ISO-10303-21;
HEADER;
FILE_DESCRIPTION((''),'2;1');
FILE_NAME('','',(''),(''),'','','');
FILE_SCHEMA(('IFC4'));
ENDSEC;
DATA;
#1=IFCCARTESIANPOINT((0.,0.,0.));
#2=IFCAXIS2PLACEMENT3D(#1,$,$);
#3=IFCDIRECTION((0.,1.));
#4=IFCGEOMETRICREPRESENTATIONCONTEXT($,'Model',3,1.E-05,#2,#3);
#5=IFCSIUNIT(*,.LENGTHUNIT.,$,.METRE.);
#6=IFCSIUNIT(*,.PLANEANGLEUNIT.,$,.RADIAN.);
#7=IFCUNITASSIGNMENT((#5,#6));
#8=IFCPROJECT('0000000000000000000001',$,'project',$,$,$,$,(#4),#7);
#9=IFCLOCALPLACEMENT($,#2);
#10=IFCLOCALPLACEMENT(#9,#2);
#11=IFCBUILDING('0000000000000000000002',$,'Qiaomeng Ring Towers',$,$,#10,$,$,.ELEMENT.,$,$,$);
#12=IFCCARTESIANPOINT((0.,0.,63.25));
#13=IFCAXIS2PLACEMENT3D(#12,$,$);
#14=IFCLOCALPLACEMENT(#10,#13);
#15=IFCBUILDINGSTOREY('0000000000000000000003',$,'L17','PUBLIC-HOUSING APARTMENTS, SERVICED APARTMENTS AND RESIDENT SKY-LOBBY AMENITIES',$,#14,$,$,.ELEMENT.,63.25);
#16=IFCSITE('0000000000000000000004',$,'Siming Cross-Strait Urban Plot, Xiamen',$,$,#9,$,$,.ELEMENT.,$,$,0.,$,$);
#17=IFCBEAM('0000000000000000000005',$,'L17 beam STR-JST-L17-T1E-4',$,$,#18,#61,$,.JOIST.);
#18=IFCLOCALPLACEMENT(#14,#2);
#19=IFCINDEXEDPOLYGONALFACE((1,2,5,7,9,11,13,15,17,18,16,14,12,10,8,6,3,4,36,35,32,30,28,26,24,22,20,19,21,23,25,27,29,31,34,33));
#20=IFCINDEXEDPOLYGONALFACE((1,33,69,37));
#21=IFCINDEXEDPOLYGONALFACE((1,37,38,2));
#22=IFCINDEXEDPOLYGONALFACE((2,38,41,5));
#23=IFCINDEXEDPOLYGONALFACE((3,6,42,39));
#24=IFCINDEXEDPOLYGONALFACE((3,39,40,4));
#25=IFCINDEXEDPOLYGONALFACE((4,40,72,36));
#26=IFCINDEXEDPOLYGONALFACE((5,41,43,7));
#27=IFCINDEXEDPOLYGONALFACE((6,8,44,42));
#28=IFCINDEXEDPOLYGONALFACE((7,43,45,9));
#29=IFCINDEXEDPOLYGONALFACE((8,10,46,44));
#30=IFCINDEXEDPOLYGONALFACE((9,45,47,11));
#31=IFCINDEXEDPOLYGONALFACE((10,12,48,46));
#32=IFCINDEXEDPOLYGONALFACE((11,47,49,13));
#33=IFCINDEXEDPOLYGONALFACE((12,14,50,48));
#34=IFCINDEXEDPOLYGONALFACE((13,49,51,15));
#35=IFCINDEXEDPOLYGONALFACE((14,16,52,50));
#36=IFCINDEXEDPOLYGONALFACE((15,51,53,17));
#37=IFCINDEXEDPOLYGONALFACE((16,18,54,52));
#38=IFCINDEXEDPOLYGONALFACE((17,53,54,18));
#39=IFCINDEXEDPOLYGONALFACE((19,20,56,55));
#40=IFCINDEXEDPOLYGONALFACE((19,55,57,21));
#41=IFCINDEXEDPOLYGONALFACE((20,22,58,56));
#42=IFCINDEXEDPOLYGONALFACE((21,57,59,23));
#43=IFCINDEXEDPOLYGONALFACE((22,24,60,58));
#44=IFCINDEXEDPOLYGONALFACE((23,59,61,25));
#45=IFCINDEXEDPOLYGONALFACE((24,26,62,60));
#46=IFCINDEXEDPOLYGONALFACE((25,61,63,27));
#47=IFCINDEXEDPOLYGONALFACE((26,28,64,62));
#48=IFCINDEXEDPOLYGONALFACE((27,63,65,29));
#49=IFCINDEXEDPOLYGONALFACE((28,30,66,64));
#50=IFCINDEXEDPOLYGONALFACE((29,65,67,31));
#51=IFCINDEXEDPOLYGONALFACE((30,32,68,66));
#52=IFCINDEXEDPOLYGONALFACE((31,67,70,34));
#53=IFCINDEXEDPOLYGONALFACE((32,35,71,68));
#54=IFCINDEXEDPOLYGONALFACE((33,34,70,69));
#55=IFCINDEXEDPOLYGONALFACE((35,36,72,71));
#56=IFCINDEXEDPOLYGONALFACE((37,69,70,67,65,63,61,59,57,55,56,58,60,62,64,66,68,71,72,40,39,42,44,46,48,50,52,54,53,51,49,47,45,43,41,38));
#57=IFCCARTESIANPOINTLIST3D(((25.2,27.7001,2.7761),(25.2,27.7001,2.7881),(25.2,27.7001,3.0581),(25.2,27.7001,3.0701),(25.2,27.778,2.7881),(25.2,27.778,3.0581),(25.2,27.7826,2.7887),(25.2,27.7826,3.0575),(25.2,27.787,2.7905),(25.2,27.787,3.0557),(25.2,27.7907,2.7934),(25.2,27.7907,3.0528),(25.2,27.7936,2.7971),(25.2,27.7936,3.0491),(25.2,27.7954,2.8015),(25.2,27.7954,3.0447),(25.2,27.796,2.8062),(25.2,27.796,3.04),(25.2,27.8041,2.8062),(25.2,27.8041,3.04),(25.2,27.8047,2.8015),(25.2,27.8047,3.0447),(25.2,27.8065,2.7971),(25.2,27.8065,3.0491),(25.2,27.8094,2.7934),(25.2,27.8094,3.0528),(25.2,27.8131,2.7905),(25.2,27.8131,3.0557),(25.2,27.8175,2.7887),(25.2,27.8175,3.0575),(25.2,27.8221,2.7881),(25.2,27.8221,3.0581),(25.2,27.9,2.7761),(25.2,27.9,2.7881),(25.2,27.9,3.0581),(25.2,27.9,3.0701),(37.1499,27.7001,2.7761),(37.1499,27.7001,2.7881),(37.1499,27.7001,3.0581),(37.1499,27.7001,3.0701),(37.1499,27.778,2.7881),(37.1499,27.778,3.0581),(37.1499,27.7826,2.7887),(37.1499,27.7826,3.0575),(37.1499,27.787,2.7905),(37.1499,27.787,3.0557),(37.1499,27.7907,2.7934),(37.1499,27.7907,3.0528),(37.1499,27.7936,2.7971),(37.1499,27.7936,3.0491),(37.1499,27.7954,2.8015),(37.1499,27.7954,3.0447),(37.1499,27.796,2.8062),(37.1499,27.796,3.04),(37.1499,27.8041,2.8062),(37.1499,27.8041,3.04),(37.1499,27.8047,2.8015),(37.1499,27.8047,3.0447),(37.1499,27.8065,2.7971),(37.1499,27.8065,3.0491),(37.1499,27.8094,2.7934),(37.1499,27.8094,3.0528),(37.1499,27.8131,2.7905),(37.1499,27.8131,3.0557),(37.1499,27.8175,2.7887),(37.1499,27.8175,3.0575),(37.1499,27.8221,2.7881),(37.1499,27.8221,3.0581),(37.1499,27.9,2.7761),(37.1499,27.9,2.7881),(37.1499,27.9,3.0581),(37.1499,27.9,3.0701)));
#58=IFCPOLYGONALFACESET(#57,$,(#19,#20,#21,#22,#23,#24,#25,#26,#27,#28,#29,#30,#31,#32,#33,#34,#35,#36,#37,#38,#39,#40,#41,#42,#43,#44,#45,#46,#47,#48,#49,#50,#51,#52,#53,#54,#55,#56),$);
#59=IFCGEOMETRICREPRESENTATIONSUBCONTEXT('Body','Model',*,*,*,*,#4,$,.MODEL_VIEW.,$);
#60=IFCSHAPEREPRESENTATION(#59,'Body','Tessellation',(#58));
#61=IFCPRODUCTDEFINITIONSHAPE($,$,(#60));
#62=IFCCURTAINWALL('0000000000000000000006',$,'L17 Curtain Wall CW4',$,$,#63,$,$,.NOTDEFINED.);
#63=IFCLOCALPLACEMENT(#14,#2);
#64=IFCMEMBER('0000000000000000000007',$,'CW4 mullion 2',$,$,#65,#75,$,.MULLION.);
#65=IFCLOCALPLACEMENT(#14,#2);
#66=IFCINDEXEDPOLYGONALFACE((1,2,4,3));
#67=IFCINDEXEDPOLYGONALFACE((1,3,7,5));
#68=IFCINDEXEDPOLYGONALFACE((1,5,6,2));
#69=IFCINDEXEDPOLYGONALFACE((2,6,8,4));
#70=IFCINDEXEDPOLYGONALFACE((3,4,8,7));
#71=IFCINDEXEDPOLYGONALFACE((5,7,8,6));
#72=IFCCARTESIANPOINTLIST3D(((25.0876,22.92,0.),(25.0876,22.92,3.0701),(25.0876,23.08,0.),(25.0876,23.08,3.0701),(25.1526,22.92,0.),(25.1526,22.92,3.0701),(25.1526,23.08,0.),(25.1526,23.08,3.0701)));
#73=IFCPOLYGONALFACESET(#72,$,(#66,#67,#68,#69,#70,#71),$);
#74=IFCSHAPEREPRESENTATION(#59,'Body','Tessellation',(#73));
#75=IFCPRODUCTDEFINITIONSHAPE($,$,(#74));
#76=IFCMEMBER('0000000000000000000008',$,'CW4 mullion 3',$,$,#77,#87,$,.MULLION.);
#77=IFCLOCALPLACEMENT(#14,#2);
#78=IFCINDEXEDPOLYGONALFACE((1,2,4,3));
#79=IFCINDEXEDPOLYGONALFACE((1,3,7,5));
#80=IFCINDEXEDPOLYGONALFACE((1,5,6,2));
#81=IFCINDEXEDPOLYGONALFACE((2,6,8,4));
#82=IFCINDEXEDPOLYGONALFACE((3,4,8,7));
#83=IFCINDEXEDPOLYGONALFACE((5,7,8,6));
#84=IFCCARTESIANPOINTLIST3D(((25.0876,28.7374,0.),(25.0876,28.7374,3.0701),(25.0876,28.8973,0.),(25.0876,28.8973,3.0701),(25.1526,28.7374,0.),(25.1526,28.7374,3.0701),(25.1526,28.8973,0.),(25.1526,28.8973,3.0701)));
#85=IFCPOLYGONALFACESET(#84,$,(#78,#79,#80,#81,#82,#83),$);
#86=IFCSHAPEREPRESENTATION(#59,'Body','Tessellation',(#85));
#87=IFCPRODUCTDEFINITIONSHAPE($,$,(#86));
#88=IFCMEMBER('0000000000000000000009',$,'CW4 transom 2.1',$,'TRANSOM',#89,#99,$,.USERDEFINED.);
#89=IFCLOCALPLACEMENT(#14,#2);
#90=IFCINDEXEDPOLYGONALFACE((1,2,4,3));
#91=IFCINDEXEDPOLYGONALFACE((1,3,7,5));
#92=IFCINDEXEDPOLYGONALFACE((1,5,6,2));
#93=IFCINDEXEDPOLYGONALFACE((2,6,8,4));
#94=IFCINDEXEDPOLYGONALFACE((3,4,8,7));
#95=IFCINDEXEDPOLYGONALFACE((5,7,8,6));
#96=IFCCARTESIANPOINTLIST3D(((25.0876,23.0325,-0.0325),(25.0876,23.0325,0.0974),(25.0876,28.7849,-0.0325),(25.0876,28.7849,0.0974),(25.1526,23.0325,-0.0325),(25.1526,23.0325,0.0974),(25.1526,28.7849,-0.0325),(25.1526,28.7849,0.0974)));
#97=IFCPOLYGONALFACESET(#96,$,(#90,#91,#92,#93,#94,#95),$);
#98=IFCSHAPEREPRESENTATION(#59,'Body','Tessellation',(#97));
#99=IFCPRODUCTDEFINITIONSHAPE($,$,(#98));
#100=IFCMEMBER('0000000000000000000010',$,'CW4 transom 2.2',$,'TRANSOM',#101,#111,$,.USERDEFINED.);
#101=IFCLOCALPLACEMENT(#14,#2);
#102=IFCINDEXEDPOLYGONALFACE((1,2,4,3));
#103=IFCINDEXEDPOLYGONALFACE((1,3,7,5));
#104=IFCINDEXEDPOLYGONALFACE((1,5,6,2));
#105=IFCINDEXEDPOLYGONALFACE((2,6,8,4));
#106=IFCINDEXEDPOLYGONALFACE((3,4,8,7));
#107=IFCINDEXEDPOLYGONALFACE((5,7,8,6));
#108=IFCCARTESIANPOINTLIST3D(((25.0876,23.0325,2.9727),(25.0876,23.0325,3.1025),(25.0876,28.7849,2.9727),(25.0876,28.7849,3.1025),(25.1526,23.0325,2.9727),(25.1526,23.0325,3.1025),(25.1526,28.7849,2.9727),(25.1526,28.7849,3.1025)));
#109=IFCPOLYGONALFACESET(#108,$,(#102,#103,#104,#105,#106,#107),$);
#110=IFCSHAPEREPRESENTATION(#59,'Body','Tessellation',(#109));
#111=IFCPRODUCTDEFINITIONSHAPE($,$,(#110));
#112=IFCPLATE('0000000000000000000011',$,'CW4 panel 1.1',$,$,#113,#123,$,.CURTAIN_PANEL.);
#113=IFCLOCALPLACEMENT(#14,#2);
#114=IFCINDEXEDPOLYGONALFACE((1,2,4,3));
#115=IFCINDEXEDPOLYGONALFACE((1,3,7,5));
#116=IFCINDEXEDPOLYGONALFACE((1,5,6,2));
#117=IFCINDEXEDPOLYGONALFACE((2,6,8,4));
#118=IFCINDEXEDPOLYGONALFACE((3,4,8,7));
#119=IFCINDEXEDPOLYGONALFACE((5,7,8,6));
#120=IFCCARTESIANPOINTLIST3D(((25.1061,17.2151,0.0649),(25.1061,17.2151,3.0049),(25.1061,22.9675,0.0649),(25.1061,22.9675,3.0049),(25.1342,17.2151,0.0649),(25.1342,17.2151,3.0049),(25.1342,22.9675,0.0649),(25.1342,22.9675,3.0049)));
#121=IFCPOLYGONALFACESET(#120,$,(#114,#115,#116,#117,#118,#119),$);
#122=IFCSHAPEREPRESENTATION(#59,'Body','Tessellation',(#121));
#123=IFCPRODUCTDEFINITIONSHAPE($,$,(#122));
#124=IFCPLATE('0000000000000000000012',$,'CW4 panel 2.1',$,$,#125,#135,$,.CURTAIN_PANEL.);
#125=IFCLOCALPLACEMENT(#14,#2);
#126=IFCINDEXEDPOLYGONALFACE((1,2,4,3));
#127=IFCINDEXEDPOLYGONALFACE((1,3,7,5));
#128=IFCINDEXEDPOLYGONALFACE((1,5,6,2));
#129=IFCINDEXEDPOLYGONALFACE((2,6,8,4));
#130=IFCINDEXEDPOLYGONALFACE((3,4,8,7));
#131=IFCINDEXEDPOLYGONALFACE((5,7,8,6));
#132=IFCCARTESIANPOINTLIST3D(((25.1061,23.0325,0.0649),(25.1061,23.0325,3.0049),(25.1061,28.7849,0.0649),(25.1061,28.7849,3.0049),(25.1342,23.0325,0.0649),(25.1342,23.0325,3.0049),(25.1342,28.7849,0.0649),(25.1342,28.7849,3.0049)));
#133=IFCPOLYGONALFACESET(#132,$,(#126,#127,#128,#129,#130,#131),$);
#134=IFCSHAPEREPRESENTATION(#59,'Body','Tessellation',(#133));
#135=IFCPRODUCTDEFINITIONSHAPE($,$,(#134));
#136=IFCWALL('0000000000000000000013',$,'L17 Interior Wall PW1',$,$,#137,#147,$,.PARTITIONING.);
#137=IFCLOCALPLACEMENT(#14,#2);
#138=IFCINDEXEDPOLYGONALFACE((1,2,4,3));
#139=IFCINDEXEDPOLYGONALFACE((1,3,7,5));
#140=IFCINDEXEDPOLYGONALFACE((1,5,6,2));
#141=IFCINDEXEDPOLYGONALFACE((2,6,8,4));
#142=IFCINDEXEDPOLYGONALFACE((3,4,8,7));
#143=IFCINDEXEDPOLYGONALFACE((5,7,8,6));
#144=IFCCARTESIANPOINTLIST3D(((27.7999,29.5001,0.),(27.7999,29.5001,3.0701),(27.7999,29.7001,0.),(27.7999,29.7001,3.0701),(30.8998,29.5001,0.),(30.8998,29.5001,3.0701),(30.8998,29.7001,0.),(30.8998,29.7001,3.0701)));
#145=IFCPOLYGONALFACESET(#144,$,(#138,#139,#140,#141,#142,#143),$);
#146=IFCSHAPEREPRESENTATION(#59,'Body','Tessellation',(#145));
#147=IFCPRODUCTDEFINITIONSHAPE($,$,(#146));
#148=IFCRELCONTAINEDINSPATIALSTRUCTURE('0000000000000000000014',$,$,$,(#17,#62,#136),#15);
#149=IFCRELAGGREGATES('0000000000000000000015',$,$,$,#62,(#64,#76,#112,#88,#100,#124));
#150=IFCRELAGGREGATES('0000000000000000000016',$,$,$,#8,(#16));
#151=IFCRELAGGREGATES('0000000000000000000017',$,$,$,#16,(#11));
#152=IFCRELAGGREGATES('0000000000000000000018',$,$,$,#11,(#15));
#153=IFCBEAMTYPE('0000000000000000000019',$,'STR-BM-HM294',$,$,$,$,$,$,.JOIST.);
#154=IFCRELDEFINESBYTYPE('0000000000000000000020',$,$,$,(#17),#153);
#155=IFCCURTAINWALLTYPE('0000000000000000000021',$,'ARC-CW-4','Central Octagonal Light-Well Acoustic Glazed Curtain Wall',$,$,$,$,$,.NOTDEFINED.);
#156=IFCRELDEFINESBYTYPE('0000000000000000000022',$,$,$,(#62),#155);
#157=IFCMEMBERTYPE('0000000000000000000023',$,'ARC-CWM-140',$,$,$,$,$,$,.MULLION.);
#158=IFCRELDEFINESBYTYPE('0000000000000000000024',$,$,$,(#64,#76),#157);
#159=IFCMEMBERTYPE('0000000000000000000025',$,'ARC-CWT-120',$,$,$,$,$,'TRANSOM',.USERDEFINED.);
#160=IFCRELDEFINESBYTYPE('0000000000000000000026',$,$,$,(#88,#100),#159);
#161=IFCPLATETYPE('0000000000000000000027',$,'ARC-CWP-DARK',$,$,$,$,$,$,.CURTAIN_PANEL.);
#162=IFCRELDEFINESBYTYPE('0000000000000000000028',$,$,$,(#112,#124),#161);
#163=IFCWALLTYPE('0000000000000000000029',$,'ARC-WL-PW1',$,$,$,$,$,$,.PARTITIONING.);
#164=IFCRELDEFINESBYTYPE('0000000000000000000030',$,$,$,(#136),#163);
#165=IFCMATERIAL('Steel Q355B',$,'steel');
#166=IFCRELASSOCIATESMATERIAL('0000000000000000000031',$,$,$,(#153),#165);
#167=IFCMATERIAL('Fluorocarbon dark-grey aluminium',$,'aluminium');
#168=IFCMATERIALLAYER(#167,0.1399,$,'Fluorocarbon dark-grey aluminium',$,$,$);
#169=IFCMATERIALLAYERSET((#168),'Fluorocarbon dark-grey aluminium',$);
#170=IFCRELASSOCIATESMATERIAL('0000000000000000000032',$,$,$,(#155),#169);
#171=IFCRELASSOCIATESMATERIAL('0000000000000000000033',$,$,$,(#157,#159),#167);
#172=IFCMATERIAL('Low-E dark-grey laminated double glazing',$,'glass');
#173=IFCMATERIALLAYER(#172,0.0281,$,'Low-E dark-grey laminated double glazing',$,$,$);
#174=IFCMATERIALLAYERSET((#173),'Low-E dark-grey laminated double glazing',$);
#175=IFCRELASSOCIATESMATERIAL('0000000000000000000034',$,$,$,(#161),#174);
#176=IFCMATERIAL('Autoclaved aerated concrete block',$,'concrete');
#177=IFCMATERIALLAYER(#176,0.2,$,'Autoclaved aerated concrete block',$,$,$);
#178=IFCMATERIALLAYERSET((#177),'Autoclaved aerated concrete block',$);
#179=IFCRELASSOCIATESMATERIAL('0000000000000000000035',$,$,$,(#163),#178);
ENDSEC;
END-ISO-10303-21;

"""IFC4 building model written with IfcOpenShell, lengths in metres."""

from ifc_helpers import new_model, si_unit, direction, frame, frame_2d, origin, origin_2d, place, context, subcontext, project, spatial, rectangle, i_section, extrude, source, transform, mapped, material, layer, layer_set, material_profile, profile_set, type_object, element, aggregate, save


model = new_model("IFC4")

# Units and contexts
model_context = context("Model", 3, precision=1e-05, world=origin(), true_north=direction((0.0, 1.0)))
body_context = subcontext(model_context, "Body", "Model", "MODEL_VIEW")
ifc_project = project(units=[si_unit("LENGTHUNIT", "METRE"), si_unit("PLANEANGLEUNIT", "RADIAN")], contexts=[model_context])

# Site, building, storey
site_placement = place(None, origin())
site = spatial("IfcSite", under=ifc_project, at=site_placement, Name="Siming Cross-Strait Urban Plot, Xiamen", CompositionType="ELEMENT", RefElevation=0.0)
building_placement = place(site_placement, origin())
building = spatial("IfcBuilding", under=site, at=building_placement, Name="Qiaomeng Ring Towers", CompositionType="ELEMENT")
storey_placement = place(building_placement, frame((0.0, 0.0, 63.25)))
storey = spatial("IfcBuildingStorey", under=building, at=storey_placement, Name="L17", Description="PUBLIC-HOUSING APARTMENTS, SERVICED APARTMENTS AND RESIDENT SKY-LOBBY AMENITIES", CompositionType="ELEMENT", Elevation=63.25)

# Beam
ifc_material_1 = material(Name="Steel Q355B", Category="steel")
ifc_material_profile_1 = material_profile(ifc_material_1, i_section(OverallWidth=0.2, OverallDepth=0.2939, WebThickness=0.0081, FlangeThickness=0.012, FilletRadius=0.0181, at=origin_2d()), Name="HM 294x200x8x12")
ifc_profile_set_1 = profile_set([ifc_material_profile_1], Name="Steel Q355B")
beam_type_1 = type_object("IfcBeamType", Name="STR-BM-HM294", PredefinedType="JOIST", material=ifc_profile_set_1)
shared_shape_1 = source(origin(), body_context, "Body", "SweptSolid", [
    extrude(i_section(OverallWidth=0.2, OverallDepth=0.2939, WebThickness=0.0081, FlangeThickness=0.012, FilletRadius=0.0181, at=origin_2d()), origin(), (0.0, 0.0, 1.0), 11.95),
])
for number, where, z_axis, x_axis, name in (
    (1, (25.2, 27.8, 2.9231), (1.0, 0.0, 0.0), (0.0, 1.0, 0.0), "L17 beam STR-JST-L17-T1E-4"),
):
    element("IfcBeam", number, at=place(storey_placement, frame(where, z_axis=z_axis, x_axis=x_axis)), inside=storey, type_object=beam_type_1, Name=name, PredefinedType="JOIST", context=body_context, shape_type="MappedRepresentation", body=[
        mapped(shared_shape_1, transform((0.0, 0.0, 0.0), x_axis=(1.0, 0.0, 0.0), y_axis=(0.0, 1.0, 0.0), z_axis=(0.0, 0.0, 1.0), scale=1.0)),
    ])

# Curtain wall, members, plates
ifc_material_2 = material(Name="Fluorocarbon dark-grey aluminium", Category="aluminium")
ifc_layer_1 = layer(ifc_material_2, 0.1399, Name="Fluorocarbon dark-grey aluminium")
ifc_layer_set_1 = layer_set([ifc_layer_1], Name="Fluorocarbon dark-grey aluminium")
curtain_wall_type = type_object("IfcCurtainWallType", Name="ARC-CW-4", Description="Central Octagonal Light-Well Acoustic Glazed Curtain Wall", PredefinedType="NOTDEFINED", material=ifc_layer_set_1)
curtain_wall_placement = place(storey_placement, origin())
curtain_wall = element("IfcCurtainWall", 2, at=curtain_wall_placement, inside=storey, type_object=curtain_wall_type, Name="L17 Curtain Wall CW4", PredefinedType="NOTDEFINED")
ifc_material_profile_2 = material_profile(ifc_material_2, rectangle(XDim=0.0649, YDim=0.1599, at=origin_2d()), Name="ALU MULL 65x160")
ifc_profile_set_2 = profile_set([ifc_material_profile_2], Name="Fluorocarbon dark-grey aluminium")
member_type_1 = type_object("IfcMemberType", Name="ARC-CWM-140", PredefinedType="MULLION", material=ifc_profile_set_2)
shared_shape_2 = source(origin(), body_context, "Body", "SweptSolid", [
    extrude(rectangle(XDim=0.0649, YDim=0.1599, at=origin_2d()), origin(), (0.0, 0.0, 1.0), 3.0701),
])
member_1_placement = place(storey_placement, frame((25.1201, 23.0, 0.0), z_axis=(0.0, 0.0, 1.0), x_axis=(-1.0, 0.0, 0.0)))
member_1 = element("IfcMember", 3, at=member_1_placement, type_object=member_type_1, Name="CW4 mullion 2", PredefinedType="MULLION", context=body_context, shape_type="MappedRepresentation", body=[
    mapped(shared_shape_2, transform((0.0, 0.0, 0.0), x_axis=(1.0, 0.0, 0.0), y_axis=(0.0, 1.0, 0.0), z_axis=(0.0, 0.0, 1.0), scale=1.0)),
])
member_2_placement = place(storey_placement, frame((25.1201, 28.8174, 0.0), z_axis=(0.0, 0.0, 1.0), x_axis=(-1.0, 0.0, 0.0)))
member_2 = element("IfcMember", 4, at=member_2_placement, type_object=member_type_1, Name="CW4 mullion 3", PredefinedType="MULLION", context=body_context, shape_type="MappedRepresentation", body=[
    mapped(shared_shape_2, transform((0.0, 0.0, 0.0), x_axis=(1.0, 0.0, 0.0), y_axis=(0.0, 1.0, 0.0), z_axis=(0.0, 0.0, 1.0), scale=1.0)),
])
ifc_material_profile_3 = material_profile(ifc_material_2, rectangle(XDim=0.0649, YDim=0.1299, at=origin_2d()), Name="ALU TRAN 65x130")
ifc_profile_set_3 = profile_set([ifc_material_profile_3], Name="Fluorocarbon dark-grey aluminium")
member_type_2 = type_object("IfcMemberType", Name="ARC-CWT-120", ElementType="TRANSOM", PredefinedType="USERDEFINED", material=ifc_profile_set_3)
shared_shape_3 = source(origin(), body_context, "Body", "SweptSolid", [
    extrude(rectangle(XDim=0.0649, YDim=0.1299, at=origin_2d()), origin(), (0.0, 0.0, 1.0), 5.7524),
])
member_3_placement = place(storey_placement, frame((25.1201, 23.0325, 0.0325), z_axis=(0.0, 1.0, 0.0), x_axis=(-1.0, 0.0, 0.0)))
member_3 = element("IfcMember", 5, at=member_3_placement, type_object=member_type_2, Name="CW4 transom 2.1", ObjectType="TRANSOM", PredefinedType="USERDEFINED", context=body_context, shape_type="MappedRepresentation", body=[
    mapped(shared_shape_3, transform((0.0, 0.0, 0.0), x_axis=(1.0, 0.0, 0.0), y_axis=(0.0, 1.0, 0.0), z_axis=(0.0, 0.0, 1.0), scale=1.0)),
])
member_4_placement = place(storey_placement, frame((25.1201, 23.0325, 3.0376), z_axis=(0.0, 1.0, 0.0), x_axis=(-1.0, 0.0, 0.0)))
member_4 = element("IfcMember", 6, at=member_4_placement, type_object=member_type_2, Name="CW4 transom 2.2", ObjectType="TRANSOM", PredefinedType="USERDEFINED", context=body_context, shape_type="MappedRepresentation", body=[
    mapped(shared_shape_3, transform((0.0, 0.0, 0.0), x_axis=(1.0, 0.0, 0.0), y_axis=(0.0, 1.0, 0.0), z_axis=(0.0, 0.0, 1.0), scale=1.0)),
])
ifc_material_3 = material(Name="Low-E dark-grey laminated double glazing", Category="glass")
ifc_layer_2 = layer(ifc_material_3, 0.0281, Name="Low-E dark-grey laminated double glazing")
ifc_layer_set_2 = layer_set([ifc_layer_2], Name="Low-E dark-grey laminated double glazing")
plate_type = type_object("IfcPlateType", Name="ARC-CWP-DARK", PredefinedType="CURTAIN_PANEL", material=ifc_layer_set_2)
shared_shape_4 = source(origin(), body_context, "Body", "SweptSolid", [
    extrude(rectangle(XDim=5.7524, YDim=0.0281, at=origin_2d()), origin(), (0.0, 0.0, 1.0), 2.9399),
])
plate_1_placement = place(storey_placement, frame((25.1201, 20.0913, 0.0649), z_axis=(0.0, 0.0, 1.0), x_axis=(0.0, 1.0, 0.0)))
plate_1 = element("IfcPlate", 7, at=plate_1_placement, type_object=plate_type, Name="CW4 panel 1.1", PredefinedType="CURTAIN_PANEL", context=body_context, shape_type="MappedRepresentation", body=[
    mapped(shared_shape_4, transform((0.0, 0.0, 0.0), x_axis=(1.0, 0.0, 0.0), y_axis=(0.0, 1.0, 0.0), z_axis=(0.0, 0.0, 1.0), scale=1.0)),
])
plate_2_placement = place(storey_placement, frame((25.1201, 25.9087, 0.0649), z_axis=(0.0, 0.0, 1.0), x_axis=(0.0, 1.0, 0.0)))
plate_2 = element("IfcPlate", 8, at=plate_2_placement, type_object=plate_type, Name="CW4 panel 2.1", PredefinedType="CURTAIN_PANEL", context=body_context, shape_type="MappedRepresentation", body=[
    mapped(shared_shape_4, transform((0.0, 0.0, 0.0), x_axis=(1.0, 0.0, 0.0), y_axis=(0.0, 1.0, 0.0), z_axis=(0.0, 0.0, 1.0), scale=1.0)),
])
aggregate(curtain_wall, [member_1, member_2, plate_1, member_3, member_4, plate_2])

# Wall
ifc_material_4 = material(Name="Autoclaved aerated concrete block", Category="concrete")
ifc_layer_3 = layer(ifc_material_4, 0.2, Name="Autoclaved aerated concrete block")
ifc_layer_set_3 = layer_set([ifc_layer_3], Name="Autoclaved aerated concrete block")
wall_type_1 = type_object("IfcWallType", Name="ARC-WL-PW1", PredefinedType="PARTITIONING", material=ifc_layer_set_3)
wall_1_placement = place(storey_placement, frame((27.8, 29.6001, 0.0), z_axis=(0.0, 0.0, 1.0), x_axis=(1.0, 0.0, 0.0)))
element("IfcWall", 9, at=wall_1_placement, inside=storey, type_object=wall_type_1, Name="L17 Interior Wall PW1", PredefinedType="PARTITIONING", context=body_context, shape_type="SweptSolid", body=[
    extrude(rectangle(XDim=3.0999, YDim=0.2, at=frame_2d((1.5498, 0.0))), origin(), (0.0, 0.0, 1.0), 3.0701),
])

save(model, "model.ifc")
